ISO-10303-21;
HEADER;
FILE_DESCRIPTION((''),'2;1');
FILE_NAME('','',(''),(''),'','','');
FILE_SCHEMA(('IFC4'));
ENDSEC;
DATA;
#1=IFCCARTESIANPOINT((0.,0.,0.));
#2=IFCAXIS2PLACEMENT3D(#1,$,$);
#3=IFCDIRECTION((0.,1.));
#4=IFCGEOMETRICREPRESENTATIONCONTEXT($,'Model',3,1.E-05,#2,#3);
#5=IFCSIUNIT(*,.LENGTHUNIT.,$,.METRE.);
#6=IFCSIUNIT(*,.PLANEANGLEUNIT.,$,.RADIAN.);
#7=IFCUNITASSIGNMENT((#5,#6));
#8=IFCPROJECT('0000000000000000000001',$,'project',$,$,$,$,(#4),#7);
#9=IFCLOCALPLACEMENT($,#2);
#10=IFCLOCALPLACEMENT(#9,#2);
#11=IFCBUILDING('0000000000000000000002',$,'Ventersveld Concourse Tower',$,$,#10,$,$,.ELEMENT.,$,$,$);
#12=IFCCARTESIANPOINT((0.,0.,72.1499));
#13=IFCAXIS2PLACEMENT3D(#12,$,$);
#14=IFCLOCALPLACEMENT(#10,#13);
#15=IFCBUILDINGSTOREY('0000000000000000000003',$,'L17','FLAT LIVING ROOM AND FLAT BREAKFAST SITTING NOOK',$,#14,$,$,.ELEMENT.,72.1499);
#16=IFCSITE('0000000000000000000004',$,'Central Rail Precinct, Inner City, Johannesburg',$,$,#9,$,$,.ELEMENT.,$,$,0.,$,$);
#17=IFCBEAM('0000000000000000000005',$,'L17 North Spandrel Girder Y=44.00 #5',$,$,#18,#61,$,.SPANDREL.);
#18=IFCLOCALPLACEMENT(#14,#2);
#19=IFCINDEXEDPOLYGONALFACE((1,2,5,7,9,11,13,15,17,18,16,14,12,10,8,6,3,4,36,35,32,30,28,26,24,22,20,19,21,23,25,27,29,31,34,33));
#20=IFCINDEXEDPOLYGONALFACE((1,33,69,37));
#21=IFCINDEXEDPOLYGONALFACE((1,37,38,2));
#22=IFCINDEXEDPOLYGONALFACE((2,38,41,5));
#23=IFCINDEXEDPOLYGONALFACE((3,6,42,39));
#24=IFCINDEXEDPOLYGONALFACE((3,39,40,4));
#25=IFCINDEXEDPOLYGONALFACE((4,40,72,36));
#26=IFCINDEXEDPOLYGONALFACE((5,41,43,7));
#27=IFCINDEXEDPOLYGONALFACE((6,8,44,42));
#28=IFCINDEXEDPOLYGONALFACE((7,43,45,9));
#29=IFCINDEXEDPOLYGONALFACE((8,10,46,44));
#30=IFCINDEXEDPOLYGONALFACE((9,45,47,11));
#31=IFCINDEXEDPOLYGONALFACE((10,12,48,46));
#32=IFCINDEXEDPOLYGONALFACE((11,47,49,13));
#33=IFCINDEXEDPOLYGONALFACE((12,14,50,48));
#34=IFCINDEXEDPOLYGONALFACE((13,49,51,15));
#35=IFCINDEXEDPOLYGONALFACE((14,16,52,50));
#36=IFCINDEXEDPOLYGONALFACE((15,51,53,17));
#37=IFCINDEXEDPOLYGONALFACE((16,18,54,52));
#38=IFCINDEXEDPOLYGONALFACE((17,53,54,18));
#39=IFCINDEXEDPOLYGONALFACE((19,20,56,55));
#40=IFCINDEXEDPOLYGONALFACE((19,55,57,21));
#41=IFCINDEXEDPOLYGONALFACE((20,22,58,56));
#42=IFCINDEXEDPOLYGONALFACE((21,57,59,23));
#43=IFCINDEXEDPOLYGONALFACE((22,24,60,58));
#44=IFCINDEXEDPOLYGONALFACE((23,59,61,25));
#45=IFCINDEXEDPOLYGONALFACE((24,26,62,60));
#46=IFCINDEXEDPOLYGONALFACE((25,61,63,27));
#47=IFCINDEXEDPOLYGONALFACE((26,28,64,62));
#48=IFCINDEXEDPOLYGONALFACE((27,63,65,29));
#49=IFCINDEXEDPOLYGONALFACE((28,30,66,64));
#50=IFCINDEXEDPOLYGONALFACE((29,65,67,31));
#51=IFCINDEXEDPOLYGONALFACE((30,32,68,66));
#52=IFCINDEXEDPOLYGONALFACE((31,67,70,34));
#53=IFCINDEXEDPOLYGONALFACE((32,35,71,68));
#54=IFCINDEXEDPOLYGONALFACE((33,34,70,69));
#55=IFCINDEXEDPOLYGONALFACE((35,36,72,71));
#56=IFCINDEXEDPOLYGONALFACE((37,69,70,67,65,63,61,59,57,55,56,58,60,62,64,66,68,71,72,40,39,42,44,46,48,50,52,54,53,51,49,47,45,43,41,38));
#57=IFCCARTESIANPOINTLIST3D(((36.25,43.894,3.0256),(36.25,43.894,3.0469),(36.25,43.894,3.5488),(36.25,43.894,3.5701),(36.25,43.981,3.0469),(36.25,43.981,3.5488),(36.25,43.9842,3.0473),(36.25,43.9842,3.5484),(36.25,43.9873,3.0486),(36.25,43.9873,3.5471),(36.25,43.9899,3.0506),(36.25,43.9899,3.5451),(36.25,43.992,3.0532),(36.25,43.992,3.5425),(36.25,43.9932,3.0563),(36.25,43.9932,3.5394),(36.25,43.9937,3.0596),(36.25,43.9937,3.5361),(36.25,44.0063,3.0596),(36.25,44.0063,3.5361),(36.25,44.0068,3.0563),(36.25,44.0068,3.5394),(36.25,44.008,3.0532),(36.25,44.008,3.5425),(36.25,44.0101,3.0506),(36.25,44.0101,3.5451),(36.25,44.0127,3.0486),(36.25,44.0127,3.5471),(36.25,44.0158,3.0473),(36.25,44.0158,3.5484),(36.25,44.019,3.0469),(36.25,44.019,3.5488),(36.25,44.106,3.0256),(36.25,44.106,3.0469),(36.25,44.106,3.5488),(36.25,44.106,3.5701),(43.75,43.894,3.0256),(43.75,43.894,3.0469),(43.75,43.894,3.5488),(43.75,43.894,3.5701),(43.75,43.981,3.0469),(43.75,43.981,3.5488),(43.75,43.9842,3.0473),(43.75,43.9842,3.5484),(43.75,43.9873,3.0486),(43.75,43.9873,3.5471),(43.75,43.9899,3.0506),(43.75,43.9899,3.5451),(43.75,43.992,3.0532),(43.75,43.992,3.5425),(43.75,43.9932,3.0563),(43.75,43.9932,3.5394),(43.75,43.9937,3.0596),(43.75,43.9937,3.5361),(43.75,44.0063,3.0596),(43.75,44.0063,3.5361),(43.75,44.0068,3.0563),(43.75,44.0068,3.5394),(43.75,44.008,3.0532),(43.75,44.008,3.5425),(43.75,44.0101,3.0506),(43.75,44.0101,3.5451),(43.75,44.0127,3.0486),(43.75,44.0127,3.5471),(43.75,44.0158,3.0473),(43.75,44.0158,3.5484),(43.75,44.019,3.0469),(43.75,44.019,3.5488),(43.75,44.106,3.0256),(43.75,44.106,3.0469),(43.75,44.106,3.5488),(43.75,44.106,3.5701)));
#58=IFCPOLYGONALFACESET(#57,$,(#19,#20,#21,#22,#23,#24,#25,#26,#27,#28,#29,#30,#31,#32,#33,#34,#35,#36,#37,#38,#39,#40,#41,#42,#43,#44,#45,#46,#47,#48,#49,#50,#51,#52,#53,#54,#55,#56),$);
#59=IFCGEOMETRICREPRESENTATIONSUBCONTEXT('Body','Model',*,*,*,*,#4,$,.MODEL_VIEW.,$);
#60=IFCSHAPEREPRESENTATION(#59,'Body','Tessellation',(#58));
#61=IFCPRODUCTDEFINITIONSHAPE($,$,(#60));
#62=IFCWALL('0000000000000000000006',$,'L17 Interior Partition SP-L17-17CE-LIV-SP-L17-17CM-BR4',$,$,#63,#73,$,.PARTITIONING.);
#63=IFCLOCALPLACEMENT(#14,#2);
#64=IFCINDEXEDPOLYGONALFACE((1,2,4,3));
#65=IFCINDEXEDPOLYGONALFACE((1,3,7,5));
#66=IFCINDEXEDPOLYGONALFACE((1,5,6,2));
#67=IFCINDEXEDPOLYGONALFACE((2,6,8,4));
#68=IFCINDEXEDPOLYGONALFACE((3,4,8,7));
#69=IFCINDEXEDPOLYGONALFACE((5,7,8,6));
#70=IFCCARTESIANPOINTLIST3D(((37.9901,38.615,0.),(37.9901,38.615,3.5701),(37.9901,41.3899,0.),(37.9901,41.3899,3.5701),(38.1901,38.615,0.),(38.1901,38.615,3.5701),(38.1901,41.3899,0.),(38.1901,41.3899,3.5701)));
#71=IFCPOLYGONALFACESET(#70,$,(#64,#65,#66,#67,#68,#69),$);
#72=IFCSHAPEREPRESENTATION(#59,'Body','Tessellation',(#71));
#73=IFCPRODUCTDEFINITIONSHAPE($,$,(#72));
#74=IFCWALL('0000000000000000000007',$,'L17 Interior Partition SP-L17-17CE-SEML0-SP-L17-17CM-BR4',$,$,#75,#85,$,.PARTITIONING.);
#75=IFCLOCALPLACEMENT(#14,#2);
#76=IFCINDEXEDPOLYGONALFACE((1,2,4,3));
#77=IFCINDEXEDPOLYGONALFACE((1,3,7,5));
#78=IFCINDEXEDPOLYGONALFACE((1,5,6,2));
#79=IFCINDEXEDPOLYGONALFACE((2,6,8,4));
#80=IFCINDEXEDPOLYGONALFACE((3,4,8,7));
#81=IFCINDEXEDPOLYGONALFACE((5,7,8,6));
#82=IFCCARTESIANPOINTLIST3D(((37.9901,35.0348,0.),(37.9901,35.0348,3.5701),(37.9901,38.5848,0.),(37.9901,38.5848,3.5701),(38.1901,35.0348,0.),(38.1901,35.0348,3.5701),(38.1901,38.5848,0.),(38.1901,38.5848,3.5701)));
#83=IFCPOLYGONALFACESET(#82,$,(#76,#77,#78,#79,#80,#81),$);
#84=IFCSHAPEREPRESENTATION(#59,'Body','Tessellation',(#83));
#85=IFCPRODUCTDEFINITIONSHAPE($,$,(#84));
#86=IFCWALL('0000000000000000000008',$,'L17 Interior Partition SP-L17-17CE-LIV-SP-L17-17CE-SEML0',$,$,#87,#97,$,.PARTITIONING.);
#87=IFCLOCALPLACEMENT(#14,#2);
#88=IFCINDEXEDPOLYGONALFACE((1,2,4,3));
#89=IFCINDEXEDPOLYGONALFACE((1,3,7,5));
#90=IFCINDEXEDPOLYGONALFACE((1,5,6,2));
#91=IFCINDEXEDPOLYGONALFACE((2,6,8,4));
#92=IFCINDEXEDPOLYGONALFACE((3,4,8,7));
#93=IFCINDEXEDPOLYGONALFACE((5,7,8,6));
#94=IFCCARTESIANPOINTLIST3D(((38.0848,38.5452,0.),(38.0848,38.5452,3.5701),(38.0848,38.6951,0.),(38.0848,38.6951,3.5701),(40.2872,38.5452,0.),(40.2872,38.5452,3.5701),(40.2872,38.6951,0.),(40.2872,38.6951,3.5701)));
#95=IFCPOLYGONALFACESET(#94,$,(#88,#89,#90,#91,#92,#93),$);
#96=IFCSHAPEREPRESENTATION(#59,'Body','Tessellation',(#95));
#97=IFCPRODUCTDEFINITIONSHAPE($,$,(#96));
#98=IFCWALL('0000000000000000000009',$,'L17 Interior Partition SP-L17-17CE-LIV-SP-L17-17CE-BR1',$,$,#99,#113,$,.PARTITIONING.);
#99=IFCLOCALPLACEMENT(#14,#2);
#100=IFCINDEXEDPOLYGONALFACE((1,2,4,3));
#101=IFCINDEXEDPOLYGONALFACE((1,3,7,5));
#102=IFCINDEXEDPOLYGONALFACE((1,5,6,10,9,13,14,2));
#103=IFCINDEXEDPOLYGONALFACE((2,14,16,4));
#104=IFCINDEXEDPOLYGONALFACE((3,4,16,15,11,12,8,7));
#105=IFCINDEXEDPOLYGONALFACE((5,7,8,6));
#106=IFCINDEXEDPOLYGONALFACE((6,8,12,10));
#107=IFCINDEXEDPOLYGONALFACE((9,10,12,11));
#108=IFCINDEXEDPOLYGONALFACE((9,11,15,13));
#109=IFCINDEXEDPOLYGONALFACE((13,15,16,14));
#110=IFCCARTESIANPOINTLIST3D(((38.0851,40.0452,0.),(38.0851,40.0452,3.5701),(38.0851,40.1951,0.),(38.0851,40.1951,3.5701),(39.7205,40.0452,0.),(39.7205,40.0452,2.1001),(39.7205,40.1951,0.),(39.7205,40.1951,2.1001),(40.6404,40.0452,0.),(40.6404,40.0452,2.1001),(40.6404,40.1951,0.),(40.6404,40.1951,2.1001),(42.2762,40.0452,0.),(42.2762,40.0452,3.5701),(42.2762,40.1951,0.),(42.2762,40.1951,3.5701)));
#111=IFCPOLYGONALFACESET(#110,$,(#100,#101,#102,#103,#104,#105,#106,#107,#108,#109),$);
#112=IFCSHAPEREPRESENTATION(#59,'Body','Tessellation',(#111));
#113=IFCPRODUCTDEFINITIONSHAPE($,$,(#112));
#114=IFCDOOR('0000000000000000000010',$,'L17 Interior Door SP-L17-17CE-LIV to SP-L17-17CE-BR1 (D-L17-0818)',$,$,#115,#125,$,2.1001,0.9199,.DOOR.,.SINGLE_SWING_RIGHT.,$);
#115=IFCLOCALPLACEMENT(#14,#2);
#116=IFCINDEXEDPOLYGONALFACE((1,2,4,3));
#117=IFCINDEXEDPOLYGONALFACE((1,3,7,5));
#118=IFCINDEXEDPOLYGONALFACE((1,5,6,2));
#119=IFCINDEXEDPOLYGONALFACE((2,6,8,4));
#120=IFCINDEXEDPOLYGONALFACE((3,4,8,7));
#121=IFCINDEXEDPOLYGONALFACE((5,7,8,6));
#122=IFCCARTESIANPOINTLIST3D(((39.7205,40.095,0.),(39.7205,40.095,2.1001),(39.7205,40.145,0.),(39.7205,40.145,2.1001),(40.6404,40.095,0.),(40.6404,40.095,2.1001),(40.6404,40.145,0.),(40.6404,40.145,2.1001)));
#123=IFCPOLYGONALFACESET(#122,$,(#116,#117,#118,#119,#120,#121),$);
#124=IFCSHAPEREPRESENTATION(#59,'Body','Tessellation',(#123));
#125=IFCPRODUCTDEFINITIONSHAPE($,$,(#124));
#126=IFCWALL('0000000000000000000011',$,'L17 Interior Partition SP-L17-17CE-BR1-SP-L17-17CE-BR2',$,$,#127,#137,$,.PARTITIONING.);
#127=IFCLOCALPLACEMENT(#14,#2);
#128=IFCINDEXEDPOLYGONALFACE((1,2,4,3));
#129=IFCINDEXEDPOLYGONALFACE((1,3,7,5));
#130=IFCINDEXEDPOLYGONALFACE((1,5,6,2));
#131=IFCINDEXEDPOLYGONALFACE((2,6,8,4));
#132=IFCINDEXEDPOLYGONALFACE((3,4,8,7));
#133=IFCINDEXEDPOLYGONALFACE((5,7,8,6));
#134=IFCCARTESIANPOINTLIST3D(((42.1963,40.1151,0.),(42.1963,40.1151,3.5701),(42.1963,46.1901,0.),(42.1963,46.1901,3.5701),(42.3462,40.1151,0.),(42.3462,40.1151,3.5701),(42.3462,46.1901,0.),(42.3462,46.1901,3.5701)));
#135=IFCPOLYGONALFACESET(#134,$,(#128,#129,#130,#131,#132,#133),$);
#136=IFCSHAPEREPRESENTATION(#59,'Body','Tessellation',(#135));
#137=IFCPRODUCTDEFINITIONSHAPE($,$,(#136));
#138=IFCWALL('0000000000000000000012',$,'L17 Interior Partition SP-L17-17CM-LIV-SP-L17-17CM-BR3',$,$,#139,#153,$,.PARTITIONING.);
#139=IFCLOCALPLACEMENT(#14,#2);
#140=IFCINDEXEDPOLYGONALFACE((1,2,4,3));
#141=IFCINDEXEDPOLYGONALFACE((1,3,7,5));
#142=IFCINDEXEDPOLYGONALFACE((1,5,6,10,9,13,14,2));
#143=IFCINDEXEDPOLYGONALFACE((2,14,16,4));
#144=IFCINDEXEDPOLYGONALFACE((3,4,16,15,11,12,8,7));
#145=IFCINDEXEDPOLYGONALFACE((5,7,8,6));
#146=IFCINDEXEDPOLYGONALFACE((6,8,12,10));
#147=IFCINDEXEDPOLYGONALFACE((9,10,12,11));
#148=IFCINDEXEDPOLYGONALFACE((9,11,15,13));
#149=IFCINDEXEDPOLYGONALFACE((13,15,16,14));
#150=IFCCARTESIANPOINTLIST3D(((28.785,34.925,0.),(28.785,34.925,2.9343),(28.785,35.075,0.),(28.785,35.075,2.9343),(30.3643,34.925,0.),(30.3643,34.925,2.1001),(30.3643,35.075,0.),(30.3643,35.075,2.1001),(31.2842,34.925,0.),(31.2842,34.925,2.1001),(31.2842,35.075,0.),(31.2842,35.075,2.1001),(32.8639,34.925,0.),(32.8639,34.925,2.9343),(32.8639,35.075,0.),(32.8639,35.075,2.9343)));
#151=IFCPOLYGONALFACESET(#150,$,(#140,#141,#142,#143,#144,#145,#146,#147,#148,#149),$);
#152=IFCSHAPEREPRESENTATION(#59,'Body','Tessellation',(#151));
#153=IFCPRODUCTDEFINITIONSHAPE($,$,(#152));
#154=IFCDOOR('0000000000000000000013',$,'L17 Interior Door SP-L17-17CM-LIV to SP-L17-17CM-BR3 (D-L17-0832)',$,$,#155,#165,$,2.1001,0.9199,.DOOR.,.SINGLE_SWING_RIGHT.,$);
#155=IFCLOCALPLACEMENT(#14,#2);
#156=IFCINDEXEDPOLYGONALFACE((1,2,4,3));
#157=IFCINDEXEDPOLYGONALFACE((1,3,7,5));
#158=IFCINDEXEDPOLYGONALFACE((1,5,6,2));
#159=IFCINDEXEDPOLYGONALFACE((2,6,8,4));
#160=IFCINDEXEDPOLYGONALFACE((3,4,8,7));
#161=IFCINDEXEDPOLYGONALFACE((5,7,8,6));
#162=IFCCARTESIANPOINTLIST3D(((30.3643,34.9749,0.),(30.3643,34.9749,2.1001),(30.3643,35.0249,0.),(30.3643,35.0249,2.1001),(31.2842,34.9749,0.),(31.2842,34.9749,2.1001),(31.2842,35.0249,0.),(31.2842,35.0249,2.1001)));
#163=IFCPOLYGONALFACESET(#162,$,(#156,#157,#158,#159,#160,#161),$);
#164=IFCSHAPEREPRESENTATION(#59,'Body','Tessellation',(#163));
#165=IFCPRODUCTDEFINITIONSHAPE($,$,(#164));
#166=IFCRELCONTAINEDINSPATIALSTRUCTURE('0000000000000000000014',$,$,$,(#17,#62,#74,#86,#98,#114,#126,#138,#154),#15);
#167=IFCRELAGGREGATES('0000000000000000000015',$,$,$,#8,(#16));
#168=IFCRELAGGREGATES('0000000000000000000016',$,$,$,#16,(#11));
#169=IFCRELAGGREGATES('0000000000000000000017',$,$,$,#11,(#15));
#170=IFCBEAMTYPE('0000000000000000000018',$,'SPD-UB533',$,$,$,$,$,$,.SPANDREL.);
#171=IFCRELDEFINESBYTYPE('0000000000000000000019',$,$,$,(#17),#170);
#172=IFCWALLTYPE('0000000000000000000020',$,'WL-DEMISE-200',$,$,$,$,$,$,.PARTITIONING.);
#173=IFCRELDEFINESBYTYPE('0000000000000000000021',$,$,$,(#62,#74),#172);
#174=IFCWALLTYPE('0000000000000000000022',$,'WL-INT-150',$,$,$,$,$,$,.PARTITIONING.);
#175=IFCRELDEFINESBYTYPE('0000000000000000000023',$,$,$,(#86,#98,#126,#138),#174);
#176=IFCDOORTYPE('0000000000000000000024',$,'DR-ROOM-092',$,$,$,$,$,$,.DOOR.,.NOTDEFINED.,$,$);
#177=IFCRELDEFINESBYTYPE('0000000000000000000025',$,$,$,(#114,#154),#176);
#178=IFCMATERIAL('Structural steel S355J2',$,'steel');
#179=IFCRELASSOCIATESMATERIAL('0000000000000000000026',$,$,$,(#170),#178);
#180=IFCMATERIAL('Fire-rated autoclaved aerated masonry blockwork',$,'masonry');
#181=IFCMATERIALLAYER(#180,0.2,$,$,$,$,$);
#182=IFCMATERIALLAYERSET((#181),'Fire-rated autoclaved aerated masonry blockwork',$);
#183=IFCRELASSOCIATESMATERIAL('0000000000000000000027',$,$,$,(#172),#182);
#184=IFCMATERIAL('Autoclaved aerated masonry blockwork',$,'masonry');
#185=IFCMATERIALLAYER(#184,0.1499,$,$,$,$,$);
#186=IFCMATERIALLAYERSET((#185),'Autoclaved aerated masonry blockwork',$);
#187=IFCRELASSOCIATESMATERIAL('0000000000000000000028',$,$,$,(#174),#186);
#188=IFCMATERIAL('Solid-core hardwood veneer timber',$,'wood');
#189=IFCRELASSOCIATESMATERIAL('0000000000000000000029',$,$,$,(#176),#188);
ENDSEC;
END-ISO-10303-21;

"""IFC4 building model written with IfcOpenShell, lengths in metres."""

from ifc_helpers import new_model, si_unit, direction, frame, frame_2d, origin, origin_2d, place, context, subcontext, project, spatial, rectangle, i_section, extrude, material, layer, layer_set, material_profile, profile_set, type_object, element, fill, save


model = new_model("IFC4")

# Units and contexts
model_context = context("Model", 3, precision=1e-05, world=origin(), true_north=direction((0.0, 1.0)))
body_context = subcontext(model_context, "Body", "Model", "MODEL_VIEW")
ifc_project = project(units=[si_unit("LENGTHUNIT", "METRE"), si_unit("PLANEANGLEUNIT", "RADIAN")], contexts=[model_context])

# Site, building, storey
site_placement = place(None, origin())
site = spatial("IfcSite", under=ifc_project, at=site_placement, Name="Central Rail Precinct, Inner City, Johannesburg", CompositionType="ELEMENT", RefElevation=0.0)
building_placement = place(site_placement, origin())
building = spatial("IfcBuilding", under=site, at=building_placement, Name="Ventersveld Concourse Tower", CompositionType="ELEMENT")
storey_placement = place(building_placement, frame((0.0, 0.0, 72.1499)))
storey = spatial("IfcBuildingStorey", under=building, at=storey_placement, Name="L17", Description="FLAT LIVING ROOM AND FLAT BREAKFAST SITTING NOOK", CompositionType="ELEMENT", Elevation=72.1499)

# Beam
ifc_material_1 = material(Name="Structural steel S355J2", Category="steel")
ifc_material_profile_1 = material_profile(ifc_material_1, i_section(OverallWidth=0.2119, OverallDepth=0.5444, WebThickness=0.0127, FlangeThickness=0.0212, FilletRadius=0.0127, at=origin_2d()), Name="UB 533x210x122")
ifc_profile_set_1 = profile_set([ifc_material_profile_1], Name="Structural steel S355J2")
beam_type_1 = type_object("IfcBeamType", Name="SPD-UB533", PredefinedType="SPANDREL", material=ifc_profile_set_1)
for number, where, z_axis, x_axis, name in (
    (1, (36.25, 44.0, 3.2979), (1.0, 0.0, 0.0), (0.0, 1.0, 0.0), "L17 North Spandrel Girder Y=44.00 #5"),
):
    element("IfcBeam", number, at=place(storey_placement, frame(where, z_axis=z_axis, x_axis=x_axis)), inside=storey, type_object=beam_type_1, Name=name, PredefinedType="SPANDREL", context=body_context, shape_type="SweptSolid", body=[
        extrude(i_section(OverallWidth=0.2119, OverallDepth=0.5444, WebThickness=0.0127, FlangeThickness=0.0212, FilletRadius=0.0127, at=origin_2d()), origin(), (0.0, 0.0, 1.0), 7.5),
    ])

# Walls
ifc_material_2 = material(Name="Fire-rated autoclaved aerated masonry blockwork", Category="masonry")
ifc_layer_1 = layer(ifc_material_2, 0.2)
ifc_layer_set_1 = layer_set([ifc_layer_1], Name="Fire-rated autoclaved aerated masonry blockwork")
wall_type_1 = type_object("IfcWallType", Name="WL-DEMISE-200", PredefinedType="PARTITIONING", material=ifc_layer_set_1)
wall_1_placement = place(storey_placement, frame((38.0901, 38.615, 0.0), z_axis=(0.0, 0.0, 1.0), x_axis=(0.0, 1.0, 0.0)))
element("IfcWall", 2, at=wall_1_placement, inside=storey, type_object=wall_type_1, Name="L17 Interior Partition SP-L17-17CE-LIV-SP-L17-17CM-BR4", PredefinedType="PARTITIONING", context=body_context, shape_type="SweptSolid", body=[
    extrude(rectangle(XDim=2.7749, YDim=0.2, at=frame_2d((1.3875, 0.0))), origin(), (0.0, 0.0, 1.0), 3.5701),
])
wall_2_placement = place(storey_placement, frame((38.0901, 35.0349, 0.0), z_axis=(0.0, 0.0, 1.0), x_axis=(0.0, 1.0, 0.0)))
element("IfcWall", 3, at=wall_2_placement, inside=storey, type_object=wall_type_1, Name="L17 Interior Partition SP-L17-17CE-SEML0-SP-L17-17CM-BR4", PredefinedType="PARTITIONING", context=body_context, shape_type="SweptSolid", body=[
    extrude(rectangle(XDim=3.55, YDim=0.2, at=frame_2d((1.7749, 0.0))), origin(), (0.0, 0.0, 1.0), 3.5701),
])
ifc_material_3 = material(Name="Autoclaved aerated masonry blockwork", Category="masonry")
ifc_layer_2 = layer(ifc_material_3, 0.1499)
ifc_layer_set_2 = layer_set([ifc_layer_2], Name="Autoclaved aerated masonry blockwork")
wall_type_2 = type_object("IfcWallType", Name="WL-INT-150", PredefinedType="PARTITIONING", material=ifc_layer_set_2)
wall_3_placement = place(storey_placement, frame((38.085, 38.6201, 0.0), z_axis=(0.0, 0.0, 1.0), x_axis=(1.0, 0.0, 0.0)))
element("IfcWall", 4, at=wall_3_placement, inside=storey, type_object=wall_type_2, Name="L17 Interior Partition SP-L17-17CE-LIV-SP-L17-17CE-SEML0", PredefinedType="PARTITIONING", context=body_context, shape_type="SweptSolid", body=[
    extrude(rectangle(XDim=2.2024, YDim=0.1499, at=frame_2d((1.1011, 0.0))), origin(), (0.0, 0.0, 1.0), 3.5701),
])

# Wall, opening, door
wall_4_placement = place(storey_placement, frame((38.085, 40.1201, 0.0), z_axis=(0.0, 0.0, 1.0), x_axis=(1.0, 0.0, 0.0)))
wall_4 = element("IfcWall", 5, at=wall_4_placement, inside=storey, type_object=wall_type_2, Name="L17 Interior Partition SP-L17-17CE-LIV-SP-L17-17CE-BR1", PredefinedType="PARTITIONING", context=body_context, shape_type="SweptSolid", body=[
    extrude(rectangle(XDim=4.1912, YDim=0.1499, at=frame_2d((2.0957, 0.0))), origin(), (0.0, 0.0, 1.0), 3.5701),
])
opening_1_placement = place(wall_4_placement, frame((1.6355, 0.0, 0.0)))
opening_1 = element("IfcOpeningElement", 6, at=opening_1_placement, cuts=wall_4, PredefinedType="OPENING", context=body_context, shape_type="SweptSolid", body=[
    extrude(rectangle(XDim=0.9199, YDim=2.1001, at=frame_2d((0.46, 1.05))), frame((0.0, 0.085, 0.0), z_axis=(0.0, -1.0, 0.0), x_axis=(1.0, 0.0, 0.0)), (0.0, 0.0, 1.0), 0.1699),
])
ifc_material_4 = material(Name="Solid-core hardwood veneer timber", Category="wood")
door_type_1 = type_object("IfcDoorType", Name="DR-ROOM-092", OperationType="NOTDEFINED", PredefinedType="DOOR", material=ifc_material_4)
door_1_placement = place(opening_1_placement, origin())
door_1 = element("IfcDoor", 7, at=door_1_placement, inside=storey, type_object=door_type_1, Name="L17 Interior Door SP-L17-17CE-LIV to SP-L17-17CE-BR1 (D-L17-0818)", OperationType="SINGLE_SWING_RIGHT", OverallHeight=2.1001, OverallWidth=0.9199, PredefinedType="DOOR", context=body_context, shape_type="SweptSolid", body=[
    extrude(rectangle(XDim=0.9199, YDim=2.1001, at=frame_2d((0.46, 1.05))), frame((0.0, 0.0249, 0.0), z_axis=(0.0, -1.0, 0.0), x_axis=(1.0, 0.0, 0.0)), (0.0, 0.0, 1.0), 0.05),
])
fill(opening_1, door_1)

# Wall
wall_5_placement = place(storey_placement, frame((42.2712, 40.115, 0.0), z_axis=(0.0, 0.0, 1.0), x_axis=(0.0, 1.0, 0.0)))
element("IfcWall", 8, at=wall_5_placement, inside=storey, type_object=wall_type_2, Name="L17 Interior Partition SP-L17-17CE-BR1-SP-L17-17CE-BR2", PredefinedType="PARTITIONING", context=body_context, shape_type="SweptSolid", body=[
    extrude(rectangle(XDim=6.075, YDim=0.1499, at=frame_2d((3.0376, 0.0))), origin(), (0.0, 0.0, 1.0), 3.5701),
])

# Wall, opening, door
wall_6_placement = place(storey_placement, frame((28.7849, 35.0, 0.0), z_axis=(0.0, 0.0, 1.0), x_axis=(1.0, 0.0, 0.0)))
wall_6 = element("IfcWall", 9, at=wall_6_placement, inside=storey, type_object=wall_type_2, Name="L17 Interior Partition SP-L17-17CM-LIV-SP-L17-17CM-BR3", PredefinedType="PARTITIONING", context=body_context, shape_type="SweptSolid", body=[
    extrude(rectangle(XDim=4.0789, YDim=0.1499, at=frame_2d((2.0396, 0.0))), origin(), (0.0, 0.0, 1.0), 2.9343),
])
opening_2_placement = place(wall_6_placement, frame((1.5793, 0.0, 0.0)))
opening_2 = element("IfcOpeningElement", 10, at=opening_2_placement, cuts=wall_6, PredefinedType="OPENING", context=body_context, shape_type="SweptSolid", body=[
    extrude(rectangle(XDim=0.9199, YDim=2.1001, at=frame_2d((0.46, 1.05))), frame((0.0, 0.085, 0.0), z_axis=(0.0, -1.0, 0.0), x_axis=(1.0, 0.0, 0.0)), (0.0, 0.0, 1.0), 0.1699),
])
door_2_placement = place(opening_2_placement, origin())
door_2 = element("IfcDoor", 11, at=door_2_placement, inside=storey, type_object=door_type_1, Name="L17 Interior Door SP-L17-17CM-LIV to SP-L17-17CM-BR3 (D-L17-0832)", OperationType="SINGLE_SWING_RIGHT", OverallHeight=2.1001, OverallWidth=0.9199, PredefinedType="DOOR", context=body_context, shape_type="SweptSolid", body=[
    extrude(rectangle(XDim=0.9199, YDim=2.1001, at=frame_2d((0.46, 1.05))), frame((0.0, 0.0249, 0.0), z_axis=(0.0, -1.0, 0.0), x_axis=(1.0, 0.0, 0.0)), (0.0, 0.0, 1.0), 0.05),
])
fill(opening_2, door_2)

save(model, "model.ifc")
